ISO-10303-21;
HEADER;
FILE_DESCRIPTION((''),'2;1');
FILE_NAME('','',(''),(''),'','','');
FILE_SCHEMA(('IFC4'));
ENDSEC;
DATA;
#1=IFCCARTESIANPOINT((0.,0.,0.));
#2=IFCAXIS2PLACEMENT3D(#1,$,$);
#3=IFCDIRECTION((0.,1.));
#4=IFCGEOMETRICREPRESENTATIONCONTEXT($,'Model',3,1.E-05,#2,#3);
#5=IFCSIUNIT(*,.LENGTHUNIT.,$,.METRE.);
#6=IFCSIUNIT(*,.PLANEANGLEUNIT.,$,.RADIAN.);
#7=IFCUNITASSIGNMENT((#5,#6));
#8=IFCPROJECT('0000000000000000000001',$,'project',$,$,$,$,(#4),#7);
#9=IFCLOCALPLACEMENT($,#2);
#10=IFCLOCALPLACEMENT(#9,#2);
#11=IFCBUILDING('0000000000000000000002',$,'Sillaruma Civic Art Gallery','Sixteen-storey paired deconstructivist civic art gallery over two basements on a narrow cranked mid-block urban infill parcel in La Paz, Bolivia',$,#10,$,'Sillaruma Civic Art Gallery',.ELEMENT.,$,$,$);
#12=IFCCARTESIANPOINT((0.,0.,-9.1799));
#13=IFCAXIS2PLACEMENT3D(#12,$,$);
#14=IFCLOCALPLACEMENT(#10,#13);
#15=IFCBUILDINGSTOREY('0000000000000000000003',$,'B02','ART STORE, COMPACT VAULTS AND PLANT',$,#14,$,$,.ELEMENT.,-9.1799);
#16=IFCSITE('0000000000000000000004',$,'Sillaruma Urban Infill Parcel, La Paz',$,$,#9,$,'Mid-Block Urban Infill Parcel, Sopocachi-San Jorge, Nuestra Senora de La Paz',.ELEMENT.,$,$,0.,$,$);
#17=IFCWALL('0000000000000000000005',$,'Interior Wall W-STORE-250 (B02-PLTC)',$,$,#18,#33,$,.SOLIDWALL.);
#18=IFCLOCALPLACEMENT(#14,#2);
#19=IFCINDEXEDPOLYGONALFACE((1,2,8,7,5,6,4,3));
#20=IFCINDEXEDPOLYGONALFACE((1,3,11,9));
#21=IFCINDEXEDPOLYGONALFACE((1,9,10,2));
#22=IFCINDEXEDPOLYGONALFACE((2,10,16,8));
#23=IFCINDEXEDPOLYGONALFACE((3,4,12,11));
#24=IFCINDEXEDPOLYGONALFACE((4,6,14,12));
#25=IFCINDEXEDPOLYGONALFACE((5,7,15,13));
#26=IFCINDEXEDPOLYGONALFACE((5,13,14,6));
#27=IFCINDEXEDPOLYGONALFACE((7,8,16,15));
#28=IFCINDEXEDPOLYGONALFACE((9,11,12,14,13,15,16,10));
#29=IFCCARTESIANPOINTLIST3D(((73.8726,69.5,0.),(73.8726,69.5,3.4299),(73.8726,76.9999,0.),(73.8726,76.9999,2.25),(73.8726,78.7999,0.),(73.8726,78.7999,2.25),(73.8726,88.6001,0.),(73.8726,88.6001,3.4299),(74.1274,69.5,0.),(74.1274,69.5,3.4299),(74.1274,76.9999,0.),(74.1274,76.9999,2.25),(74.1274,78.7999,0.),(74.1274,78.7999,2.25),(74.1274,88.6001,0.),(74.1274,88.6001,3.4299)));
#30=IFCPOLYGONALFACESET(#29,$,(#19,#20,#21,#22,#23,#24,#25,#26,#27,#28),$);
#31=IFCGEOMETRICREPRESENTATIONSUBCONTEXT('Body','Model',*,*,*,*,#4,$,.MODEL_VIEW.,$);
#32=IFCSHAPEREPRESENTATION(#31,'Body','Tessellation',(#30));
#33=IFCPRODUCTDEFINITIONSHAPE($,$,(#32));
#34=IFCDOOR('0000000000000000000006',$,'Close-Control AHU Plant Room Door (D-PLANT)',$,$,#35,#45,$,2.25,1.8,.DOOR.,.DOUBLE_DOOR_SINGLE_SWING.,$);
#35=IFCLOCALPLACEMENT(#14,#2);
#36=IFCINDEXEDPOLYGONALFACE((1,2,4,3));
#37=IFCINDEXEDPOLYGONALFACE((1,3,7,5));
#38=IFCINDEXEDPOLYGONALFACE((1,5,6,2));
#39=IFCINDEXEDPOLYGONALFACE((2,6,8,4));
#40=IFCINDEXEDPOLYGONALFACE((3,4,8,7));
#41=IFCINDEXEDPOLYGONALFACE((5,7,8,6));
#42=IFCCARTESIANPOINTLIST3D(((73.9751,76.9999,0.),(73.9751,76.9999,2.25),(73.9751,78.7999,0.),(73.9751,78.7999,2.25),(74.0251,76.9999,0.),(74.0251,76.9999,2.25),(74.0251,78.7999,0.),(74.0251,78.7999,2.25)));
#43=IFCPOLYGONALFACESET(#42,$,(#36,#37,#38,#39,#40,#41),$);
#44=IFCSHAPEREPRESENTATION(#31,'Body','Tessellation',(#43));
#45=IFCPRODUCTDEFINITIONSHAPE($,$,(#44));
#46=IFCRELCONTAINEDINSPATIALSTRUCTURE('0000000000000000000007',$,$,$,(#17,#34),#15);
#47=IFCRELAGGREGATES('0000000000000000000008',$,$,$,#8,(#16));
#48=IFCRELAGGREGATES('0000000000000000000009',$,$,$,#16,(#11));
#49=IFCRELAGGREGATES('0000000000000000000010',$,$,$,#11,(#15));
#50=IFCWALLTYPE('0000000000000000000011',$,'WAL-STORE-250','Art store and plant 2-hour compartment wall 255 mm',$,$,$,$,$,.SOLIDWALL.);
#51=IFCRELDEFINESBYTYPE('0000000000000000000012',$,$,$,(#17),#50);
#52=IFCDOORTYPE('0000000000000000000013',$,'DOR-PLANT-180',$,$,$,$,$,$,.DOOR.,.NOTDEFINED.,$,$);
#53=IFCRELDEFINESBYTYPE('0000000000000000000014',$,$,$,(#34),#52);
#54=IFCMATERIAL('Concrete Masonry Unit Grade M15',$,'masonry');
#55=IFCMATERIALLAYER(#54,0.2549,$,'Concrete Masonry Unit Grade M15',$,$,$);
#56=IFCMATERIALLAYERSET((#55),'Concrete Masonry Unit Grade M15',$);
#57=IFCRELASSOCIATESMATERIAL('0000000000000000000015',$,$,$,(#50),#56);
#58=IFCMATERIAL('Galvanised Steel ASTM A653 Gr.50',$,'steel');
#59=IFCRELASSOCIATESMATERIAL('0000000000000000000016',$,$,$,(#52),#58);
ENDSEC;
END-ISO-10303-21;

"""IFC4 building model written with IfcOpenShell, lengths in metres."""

from ifc_helpers import new_model, si_unit, direction, frame, frame_2d, origin, place, context, subcontext, project, spatial, rectangle, extrude, material, layer, layer_set, type_object, element, fill, save


model = new_model("IFC4")

# Units and contexts
model_context = context("Model", 3, precision=1e-05, world=origin(), true_north=direction((0.0, 1.0)))
body_context = subcontext(model_context, "Body", "Model", "MODEL_VIEW")
ifc_project = project(units=[si_unit("LENGTHUNIT", "METRE"), si_unit("PLANEANGLEUNIT", "RADIAN")], contexts=[model_context])

# Site, building, storey
site_placement = place(None, origin())
site = spatial("IfcSite", under=ifc_project, at=site_placement, Name="Sillaruma Urban Infill Parcel, La Paz", LongName="Mid-Block Urban Infill Parcel, Sopocachi-San Jorge, Nuestra Senora de La Paz", CompositionType="ELEMENT", RefElevation=0.0)
building_placement = place(site_placement, origin())
building = spatial("IfcBuilding", under=site, at=building_placement, Name="Sillaruma Civic Art Gallery", Description="Sixteen-storey paired deconstructivist civic art gallery over two basements on a narrow cranked mid-block urban infill parcel in La Paz, Bolivia", LongName="Sillaruma Civic Art Gallery", CompositionType="ELEMENT")
storey_placement = place(building_placement, frame((0.0, 0.0, -9.1799)))
storey = spatial("IfcBuildingStorey", under=building, at=storey_placement, Name="B02", Description="ART STORE, COMPACT VAULTS AND PLANT", CompositionType="ELEMENT", Elevation=-9.1799)

# Shared definitions
ifc_material_1 = material(Name="Concrete Masonry Unit Grade M15", Category="masonry")

# Shared definitions
ifc_material_2 = material(Name="Galvanised Steel ASTM A653 Gr.50", Category="steel")

# Shared definitions
ifc_layer_1 = layer(ifc_material_1, 0.2549, Name="Concrete Masonry Unit Grade M15")
ifc_layer_set_1 = layer_set([ifc_layer_1], Name="Concrete Masonry Unit Grade M15")
wall_type_1 = type_object("IfcWallType", Name="WAL-STORE-250", Description="Art store and plant 2-hour compartment wall 255 mm", PredefinedType="SOLIDWALL", material=ifc_layer_set_1)

# Wall, opening, door
wall_1_placement = place(storey_placement, frame((74.0, 69.5, 0.0), z_axis=(0.0, 0.0, 1.0), x_axis=(0.0, 1.0, 0.0)))
wall_1 = element("IfcWall", 1, at=wall_1_placement, inside=storey, type_object=wall_type_1, Name="Interior Wall W-STORE-250 (B02-PLTC)", PredefinedType="SOLIDWALL", context=body_context, shape_type="SweptSolid", body=[
    extrude(rectangle(XDim=19.1001, YDim=0.2549, at=frame_2d((9.55, 0.0))), origin(), (0.0, 0.0, 1.0), 3.4299),
])
opening_1_placement = place(wall_1_placement, frame((7.5, 0.0, 0.0)))
opening_1 = element("IfcOpeningElement", 2, at=opening_1_placement, cuts=wall_1, PredefinedType="OPENING", context=body_context, shape_type="SweptSolid", body=[
    extrude(rectangle(XDim=1.8, YDim=2.25, at=frame_2d((0.8999, 1.125))), frame((0.0, 0.1375, 0.0), z_axis=(0.0, -1.0, 0.0), x_axis=(1.0, 0.0, 0.0)), (0.0, 0.0, 1.0), 0.2749),
])
door_type_1 = type_object("IfcDoorType", Name="DOR-PLANT-180", OperationType="NOTDEFINED", PredefinedType="DOOR", material=ifc_material_2)
door_1_placement = place(opening_1_placement, origin())
door_1 = element("IfcDoor", 3, at=door_1_placement, inside=storey, type_object=door_type_1, Name="Close-Control AHU Plant Room Door (D-PLANT)", OperationType="DOUBLE_DOOR_SINGLE_SWING", OverallHeight=2.25, OverallWidth=1.8, PredefinedType="DOOR", context=body_context, shape_type="SweptSolid", body=[
    extrude(rectangle(XDim=1.8, YDim=2.25, at=frame_2d((0.8999, 1.125))), frame((0.0, 0.0249, 0.0), z_axis=(0.0, -1.0, 0.0), x_axis=(1.0, 0.0, 0.0)), (0.0, 0.0, 1.0), 0.05),
])
fill(opening_1, door_1)

save(model, "model.ifc")
